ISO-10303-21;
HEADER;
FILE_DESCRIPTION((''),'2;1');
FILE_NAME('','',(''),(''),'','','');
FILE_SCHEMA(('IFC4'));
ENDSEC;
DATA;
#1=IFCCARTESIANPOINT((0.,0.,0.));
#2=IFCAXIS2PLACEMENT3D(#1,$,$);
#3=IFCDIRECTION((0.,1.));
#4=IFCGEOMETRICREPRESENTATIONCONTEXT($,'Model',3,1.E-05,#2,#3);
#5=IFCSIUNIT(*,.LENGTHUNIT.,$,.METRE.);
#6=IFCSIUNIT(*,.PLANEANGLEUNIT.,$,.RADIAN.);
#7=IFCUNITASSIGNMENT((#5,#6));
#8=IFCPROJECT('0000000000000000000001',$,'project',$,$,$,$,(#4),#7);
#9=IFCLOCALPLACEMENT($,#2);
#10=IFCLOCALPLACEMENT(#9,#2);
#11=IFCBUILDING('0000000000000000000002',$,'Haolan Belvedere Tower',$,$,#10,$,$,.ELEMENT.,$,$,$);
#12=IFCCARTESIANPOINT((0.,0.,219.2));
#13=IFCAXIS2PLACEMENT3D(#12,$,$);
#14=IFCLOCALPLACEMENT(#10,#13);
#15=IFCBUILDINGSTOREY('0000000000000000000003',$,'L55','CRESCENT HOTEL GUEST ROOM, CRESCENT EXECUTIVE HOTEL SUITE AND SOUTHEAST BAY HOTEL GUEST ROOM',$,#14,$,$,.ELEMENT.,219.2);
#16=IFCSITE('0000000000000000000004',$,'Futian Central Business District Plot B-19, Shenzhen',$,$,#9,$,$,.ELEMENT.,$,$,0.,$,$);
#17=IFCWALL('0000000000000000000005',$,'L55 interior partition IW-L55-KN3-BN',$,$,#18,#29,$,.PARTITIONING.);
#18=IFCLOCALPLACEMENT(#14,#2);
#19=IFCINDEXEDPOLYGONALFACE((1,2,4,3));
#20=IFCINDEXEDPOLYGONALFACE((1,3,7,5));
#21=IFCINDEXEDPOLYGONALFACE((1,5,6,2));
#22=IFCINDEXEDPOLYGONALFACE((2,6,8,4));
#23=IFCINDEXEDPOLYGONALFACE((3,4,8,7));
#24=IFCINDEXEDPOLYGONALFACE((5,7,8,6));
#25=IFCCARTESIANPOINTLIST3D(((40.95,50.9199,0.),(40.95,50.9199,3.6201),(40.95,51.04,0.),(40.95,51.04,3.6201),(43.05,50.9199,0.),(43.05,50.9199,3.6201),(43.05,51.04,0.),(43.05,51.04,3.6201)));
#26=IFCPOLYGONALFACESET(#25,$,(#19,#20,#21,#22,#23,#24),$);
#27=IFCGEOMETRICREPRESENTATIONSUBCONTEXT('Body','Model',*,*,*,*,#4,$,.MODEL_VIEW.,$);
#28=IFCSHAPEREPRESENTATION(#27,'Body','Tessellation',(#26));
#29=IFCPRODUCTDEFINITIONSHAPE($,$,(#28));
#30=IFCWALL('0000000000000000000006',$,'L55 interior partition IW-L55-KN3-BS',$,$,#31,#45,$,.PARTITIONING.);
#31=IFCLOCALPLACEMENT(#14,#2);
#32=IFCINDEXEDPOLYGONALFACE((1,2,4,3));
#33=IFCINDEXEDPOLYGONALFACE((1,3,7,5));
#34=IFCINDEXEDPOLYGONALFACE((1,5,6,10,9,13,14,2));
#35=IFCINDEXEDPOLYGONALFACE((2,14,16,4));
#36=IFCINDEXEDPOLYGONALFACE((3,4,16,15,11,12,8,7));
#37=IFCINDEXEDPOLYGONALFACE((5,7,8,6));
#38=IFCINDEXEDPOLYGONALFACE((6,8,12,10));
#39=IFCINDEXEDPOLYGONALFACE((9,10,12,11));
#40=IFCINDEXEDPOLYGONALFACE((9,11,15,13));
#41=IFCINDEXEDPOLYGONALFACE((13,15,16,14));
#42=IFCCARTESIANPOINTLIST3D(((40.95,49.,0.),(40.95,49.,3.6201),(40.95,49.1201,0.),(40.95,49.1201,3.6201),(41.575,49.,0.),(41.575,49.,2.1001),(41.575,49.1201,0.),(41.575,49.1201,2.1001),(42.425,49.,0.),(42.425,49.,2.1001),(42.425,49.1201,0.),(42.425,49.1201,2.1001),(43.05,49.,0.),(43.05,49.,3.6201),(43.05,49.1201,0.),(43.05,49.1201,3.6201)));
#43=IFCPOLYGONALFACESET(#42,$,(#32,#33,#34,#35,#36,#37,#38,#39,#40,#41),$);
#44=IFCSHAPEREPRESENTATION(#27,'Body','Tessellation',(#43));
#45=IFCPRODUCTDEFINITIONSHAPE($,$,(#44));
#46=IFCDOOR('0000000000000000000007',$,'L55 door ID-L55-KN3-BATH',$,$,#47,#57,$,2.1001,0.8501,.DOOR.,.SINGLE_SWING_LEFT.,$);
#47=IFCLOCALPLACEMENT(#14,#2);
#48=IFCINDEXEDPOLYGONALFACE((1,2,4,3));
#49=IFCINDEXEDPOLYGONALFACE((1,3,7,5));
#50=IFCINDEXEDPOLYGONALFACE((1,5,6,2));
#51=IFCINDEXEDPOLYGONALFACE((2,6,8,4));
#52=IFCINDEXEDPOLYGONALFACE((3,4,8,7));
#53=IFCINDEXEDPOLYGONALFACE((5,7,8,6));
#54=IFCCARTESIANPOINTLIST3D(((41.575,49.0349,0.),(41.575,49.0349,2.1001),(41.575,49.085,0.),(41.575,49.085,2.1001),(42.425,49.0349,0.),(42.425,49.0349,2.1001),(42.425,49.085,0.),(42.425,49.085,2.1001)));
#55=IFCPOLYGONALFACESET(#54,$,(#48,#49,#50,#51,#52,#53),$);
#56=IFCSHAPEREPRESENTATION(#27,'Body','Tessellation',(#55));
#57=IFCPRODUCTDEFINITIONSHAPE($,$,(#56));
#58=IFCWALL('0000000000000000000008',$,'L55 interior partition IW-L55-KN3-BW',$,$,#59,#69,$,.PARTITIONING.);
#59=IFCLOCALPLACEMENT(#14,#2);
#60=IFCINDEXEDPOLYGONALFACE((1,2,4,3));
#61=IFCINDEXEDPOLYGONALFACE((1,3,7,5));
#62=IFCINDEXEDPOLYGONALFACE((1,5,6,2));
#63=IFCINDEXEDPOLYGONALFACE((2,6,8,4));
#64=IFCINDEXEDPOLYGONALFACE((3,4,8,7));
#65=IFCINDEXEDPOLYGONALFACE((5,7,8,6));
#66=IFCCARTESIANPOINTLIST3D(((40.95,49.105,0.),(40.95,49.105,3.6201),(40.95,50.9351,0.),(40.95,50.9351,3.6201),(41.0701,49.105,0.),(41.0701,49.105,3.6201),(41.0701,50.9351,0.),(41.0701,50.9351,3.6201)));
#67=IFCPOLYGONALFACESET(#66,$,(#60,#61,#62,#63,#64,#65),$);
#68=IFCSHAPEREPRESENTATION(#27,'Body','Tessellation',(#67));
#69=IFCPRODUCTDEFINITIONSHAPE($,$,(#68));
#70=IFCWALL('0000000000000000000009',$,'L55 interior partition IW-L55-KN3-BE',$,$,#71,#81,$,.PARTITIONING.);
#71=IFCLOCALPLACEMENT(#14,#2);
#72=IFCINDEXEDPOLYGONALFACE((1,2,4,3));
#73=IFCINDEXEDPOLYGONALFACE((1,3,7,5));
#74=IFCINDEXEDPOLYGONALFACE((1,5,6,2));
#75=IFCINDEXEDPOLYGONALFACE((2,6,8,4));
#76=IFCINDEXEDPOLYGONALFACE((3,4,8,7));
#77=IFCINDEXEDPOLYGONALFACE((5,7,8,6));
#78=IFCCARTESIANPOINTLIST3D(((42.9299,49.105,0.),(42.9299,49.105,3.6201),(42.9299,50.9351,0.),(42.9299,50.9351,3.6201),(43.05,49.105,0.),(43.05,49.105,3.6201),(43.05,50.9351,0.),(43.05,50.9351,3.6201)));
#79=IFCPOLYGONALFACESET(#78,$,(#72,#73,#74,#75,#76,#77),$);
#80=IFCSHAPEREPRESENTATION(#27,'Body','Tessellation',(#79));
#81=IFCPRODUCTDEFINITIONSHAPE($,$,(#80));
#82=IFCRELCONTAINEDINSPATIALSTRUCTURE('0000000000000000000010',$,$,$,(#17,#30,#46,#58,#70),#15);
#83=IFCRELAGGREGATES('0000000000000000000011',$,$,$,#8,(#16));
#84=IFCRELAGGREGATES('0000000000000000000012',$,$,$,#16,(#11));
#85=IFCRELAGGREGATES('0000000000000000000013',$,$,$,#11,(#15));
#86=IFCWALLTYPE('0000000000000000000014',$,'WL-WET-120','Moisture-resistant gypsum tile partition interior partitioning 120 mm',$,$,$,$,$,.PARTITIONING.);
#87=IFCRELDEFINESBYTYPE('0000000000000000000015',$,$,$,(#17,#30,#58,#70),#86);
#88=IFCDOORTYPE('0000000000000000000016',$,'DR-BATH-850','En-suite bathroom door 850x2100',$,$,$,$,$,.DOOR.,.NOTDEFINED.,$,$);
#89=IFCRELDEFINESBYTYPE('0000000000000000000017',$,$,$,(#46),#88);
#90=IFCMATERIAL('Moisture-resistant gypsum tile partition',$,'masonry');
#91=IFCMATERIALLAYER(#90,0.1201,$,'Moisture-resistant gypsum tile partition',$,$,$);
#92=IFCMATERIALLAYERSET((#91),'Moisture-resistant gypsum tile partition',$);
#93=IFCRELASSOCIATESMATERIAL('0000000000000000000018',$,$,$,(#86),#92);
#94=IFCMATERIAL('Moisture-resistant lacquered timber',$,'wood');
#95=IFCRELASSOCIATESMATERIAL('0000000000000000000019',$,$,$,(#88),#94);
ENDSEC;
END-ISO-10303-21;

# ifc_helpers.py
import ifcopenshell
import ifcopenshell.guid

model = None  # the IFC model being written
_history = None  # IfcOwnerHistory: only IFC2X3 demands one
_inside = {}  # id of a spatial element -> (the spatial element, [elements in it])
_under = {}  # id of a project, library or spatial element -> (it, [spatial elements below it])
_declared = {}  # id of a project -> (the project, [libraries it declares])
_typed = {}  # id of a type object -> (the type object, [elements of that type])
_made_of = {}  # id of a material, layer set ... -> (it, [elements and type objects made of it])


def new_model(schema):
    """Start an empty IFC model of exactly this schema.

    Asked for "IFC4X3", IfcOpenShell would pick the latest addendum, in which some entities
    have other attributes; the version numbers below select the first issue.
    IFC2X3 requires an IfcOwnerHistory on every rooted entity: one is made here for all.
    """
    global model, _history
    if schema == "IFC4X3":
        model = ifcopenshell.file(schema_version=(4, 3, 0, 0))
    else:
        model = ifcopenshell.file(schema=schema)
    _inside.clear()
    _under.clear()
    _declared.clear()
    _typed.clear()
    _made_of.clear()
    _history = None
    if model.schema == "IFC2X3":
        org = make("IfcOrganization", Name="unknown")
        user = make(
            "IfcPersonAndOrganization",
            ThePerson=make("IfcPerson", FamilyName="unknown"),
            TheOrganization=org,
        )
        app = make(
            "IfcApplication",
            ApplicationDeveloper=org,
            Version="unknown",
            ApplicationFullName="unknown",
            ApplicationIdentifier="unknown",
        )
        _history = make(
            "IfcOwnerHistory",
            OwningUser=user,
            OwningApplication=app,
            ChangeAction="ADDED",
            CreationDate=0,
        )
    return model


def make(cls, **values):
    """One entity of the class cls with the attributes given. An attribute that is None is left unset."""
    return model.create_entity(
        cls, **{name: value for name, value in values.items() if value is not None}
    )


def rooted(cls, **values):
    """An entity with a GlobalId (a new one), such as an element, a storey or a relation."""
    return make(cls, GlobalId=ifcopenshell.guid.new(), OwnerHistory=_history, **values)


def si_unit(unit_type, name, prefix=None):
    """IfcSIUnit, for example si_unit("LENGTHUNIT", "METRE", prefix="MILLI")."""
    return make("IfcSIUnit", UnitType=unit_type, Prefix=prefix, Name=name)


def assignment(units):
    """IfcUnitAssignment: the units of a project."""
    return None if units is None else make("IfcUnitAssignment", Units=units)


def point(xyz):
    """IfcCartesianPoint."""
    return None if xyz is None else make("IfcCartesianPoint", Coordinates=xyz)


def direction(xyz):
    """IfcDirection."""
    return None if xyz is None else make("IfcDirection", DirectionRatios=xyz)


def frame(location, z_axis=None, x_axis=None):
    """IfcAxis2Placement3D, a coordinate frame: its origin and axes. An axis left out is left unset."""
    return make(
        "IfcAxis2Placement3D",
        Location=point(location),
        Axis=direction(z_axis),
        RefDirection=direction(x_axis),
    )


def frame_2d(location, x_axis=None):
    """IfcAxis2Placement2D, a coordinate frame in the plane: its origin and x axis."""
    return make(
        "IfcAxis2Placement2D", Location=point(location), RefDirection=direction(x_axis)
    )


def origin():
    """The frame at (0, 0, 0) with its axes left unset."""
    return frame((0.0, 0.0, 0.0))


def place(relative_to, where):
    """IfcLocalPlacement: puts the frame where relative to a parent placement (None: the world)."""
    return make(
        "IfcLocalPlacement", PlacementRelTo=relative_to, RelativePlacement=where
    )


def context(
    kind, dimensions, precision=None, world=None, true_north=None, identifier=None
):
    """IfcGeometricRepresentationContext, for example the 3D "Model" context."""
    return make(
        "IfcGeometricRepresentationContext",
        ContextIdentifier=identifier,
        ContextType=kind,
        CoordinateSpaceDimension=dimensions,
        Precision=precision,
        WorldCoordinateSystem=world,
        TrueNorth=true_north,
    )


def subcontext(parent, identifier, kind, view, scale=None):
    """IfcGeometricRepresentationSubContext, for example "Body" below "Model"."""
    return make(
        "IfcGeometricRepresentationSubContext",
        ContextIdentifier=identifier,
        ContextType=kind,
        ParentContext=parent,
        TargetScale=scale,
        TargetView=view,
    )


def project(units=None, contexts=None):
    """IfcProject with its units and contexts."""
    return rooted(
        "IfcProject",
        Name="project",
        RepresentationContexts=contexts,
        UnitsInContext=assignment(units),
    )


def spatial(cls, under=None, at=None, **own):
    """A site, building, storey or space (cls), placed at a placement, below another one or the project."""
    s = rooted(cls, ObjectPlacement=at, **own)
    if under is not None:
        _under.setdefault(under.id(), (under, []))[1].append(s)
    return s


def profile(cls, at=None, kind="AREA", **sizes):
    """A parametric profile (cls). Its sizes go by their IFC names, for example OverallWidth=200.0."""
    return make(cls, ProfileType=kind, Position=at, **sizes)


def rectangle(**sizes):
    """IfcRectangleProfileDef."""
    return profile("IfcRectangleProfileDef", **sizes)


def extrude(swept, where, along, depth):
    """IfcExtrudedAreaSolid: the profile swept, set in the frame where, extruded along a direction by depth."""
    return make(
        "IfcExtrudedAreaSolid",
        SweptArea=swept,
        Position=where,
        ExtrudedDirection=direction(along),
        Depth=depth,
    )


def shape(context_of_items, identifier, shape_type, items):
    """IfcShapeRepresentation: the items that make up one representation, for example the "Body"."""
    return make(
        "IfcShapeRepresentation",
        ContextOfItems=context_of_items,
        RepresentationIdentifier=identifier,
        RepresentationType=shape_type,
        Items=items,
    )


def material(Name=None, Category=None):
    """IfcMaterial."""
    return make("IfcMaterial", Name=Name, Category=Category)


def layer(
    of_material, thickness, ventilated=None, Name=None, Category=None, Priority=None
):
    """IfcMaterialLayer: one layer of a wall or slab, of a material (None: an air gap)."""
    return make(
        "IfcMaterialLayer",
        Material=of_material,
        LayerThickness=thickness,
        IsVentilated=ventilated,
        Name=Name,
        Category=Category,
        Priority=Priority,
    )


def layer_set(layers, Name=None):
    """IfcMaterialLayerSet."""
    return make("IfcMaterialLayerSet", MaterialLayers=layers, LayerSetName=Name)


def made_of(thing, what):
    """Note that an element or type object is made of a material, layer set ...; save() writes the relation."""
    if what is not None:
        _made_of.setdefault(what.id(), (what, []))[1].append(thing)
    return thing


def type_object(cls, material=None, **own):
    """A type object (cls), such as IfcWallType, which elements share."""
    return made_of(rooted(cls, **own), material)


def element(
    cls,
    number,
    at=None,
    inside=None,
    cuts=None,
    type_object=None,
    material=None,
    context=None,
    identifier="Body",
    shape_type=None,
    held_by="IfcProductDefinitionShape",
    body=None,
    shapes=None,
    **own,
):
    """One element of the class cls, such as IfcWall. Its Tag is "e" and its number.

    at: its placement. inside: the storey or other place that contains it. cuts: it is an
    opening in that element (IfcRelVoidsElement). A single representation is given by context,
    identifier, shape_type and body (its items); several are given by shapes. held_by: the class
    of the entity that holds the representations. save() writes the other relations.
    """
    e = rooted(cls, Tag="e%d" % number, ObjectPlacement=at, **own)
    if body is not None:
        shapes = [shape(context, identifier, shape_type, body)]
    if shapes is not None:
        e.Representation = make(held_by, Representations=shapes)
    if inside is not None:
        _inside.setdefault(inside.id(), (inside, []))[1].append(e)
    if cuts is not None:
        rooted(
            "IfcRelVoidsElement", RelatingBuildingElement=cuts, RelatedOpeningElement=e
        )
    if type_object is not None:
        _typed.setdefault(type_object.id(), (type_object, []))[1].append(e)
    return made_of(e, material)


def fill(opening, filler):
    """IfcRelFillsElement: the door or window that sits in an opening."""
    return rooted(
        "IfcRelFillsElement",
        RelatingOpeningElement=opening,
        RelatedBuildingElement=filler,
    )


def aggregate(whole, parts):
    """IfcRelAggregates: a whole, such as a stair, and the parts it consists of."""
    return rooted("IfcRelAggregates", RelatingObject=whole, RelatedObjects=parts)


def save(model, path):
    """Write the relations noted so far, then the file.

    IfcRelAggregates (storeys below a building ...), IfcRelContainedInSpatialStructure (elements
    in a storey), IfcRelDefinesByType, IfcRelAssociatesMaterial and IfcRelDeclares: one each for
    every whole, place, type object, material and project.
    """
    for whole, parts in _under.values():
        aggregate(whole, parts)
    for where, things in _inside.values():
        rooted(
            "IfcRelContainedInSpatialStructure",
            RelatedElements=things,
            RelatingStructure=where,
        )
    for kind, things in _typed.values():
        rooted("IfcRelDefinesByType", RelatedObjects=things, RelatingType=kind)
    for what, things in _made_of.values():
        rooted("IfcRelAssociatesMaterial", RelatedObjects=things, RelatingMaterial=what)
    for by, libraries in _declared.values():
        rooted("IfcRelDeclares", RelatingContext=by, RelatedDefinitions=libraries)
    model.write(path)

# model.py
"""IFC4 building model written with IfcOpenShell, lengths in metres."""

from ifc_helpers import new_model, si_unit, direction, frame, frame_2d, origin, place, context, subcontext, project, spatial, rectangle, extrude, material, layer, layer_set, type_object, element, fill, save


model = new_model("IFC4")

# Units and contexts
model_context = context("Model", 3, precision=1e-05, world=origin(), true_north=direction((0.0, 1.0)))
body_context = subcontext(model_context, "Body", "Model", "MODEL_VIEW")
ifc_project = project(units=[si_unit("LENGTHUNIT", "METRE"), si_unit("PLANEANGLEUNIT", "RADIAN")], contexts=[model_context])

# Site, building, storey
site_placement = place(None, origin())
site = spatial("IfcSite", under=ifc_project, at=site_placement, Name="Futian Central Business District Plot B-19, Shenzhen", CompositionType="ELEMENT", RefElevation=0.0)
building_placement = place(site_placement, origin())
building = spatial("IfcBuilding", under=site, at=building_placement, Name="Haolan Belvedere Tower", CompositionType="ELEMENT")
storey_placement = place(building_placement, frame((0.0, 0.0, 219.2)))
storey = spatial("IfcBuildingStorey", under=building, at=storey_placement, Name="L55", Description="CRESCENT HOTEL GUEST ROOM, CRESCENT EXECUTIVE HOTEL SUITE AND SOUTHEAST BAY HOTEL GUEST ROOM", CompositionType="ELEMENT", Elevation=219.2)

# Wall
ifc_material_1 = material(Name="Moisture-resistant gypsum tile partition", Category="masonry")
ifc_layer_1 = layer(ifc_material_1, 0.1201, Name="Moisture-resistant gypsum tile partition")
ifc_layer_set_1 = layer_set([ifc_layer_1], Name="Moisture-resistant gypsum tile partition")
wall_type_1 = type_object("IfcWallType", Name="WL-WET-120", Description="Moisture-resistant gypsum tile partition interior partitioning 120 mm", PredefinedType="PARTITIONING", material=ifc_layer_set_1)
wall_1_placement = place(storey_placement, frame((40.95, 50.98, 0.0), z_axis=(0.0, 0.0, 1.0), x_axis=(1.0, 0.0, 0.0)))
element("IfcWall", 1, at=wall_1_placement, inside=storey, type_object=wall_type_1, Name="L55 interior partition IW-L55-KN3-BN", PredefinedType="PARTITIONING", context=body_context, shape_type="SweptSolid", body=[
    extrude(rectangle(XDim=2.1001, YDim=0.1201, at=frame_2d((1.05, 0.0))), origin(), (0.0, 0.0, 1.0), 3.6201),
])

# Wall, opening, door
wall_2_placement = place(storey_placement, frame((40.95, 49.0601, 0.0), z_axis=(0.0, 0.0, 1.0), x_axis=(1.0, 0.0, 0.0)))
wall_2 = element("IfcWall", 2, at=wall_2_placement, inside=storey, type_object=wall_type_1, Name="L55 interior partition IW-L55-KN3-BS", PredefinedType="PARTITIONING", context=body_context, shape_type="SweptSolid", body=[
    extrude(rectangle(XDim=2.1001, YDim=0.1201, at=frame_2d((1.05, 0.0))), origin(), (0.0, 0.0, 1.0), 3.6201),
])
opening_1_placement = place(wall_2_placement, frame((0.625, 0.0, 0.0)))
opening_1 = element("IfcOpeningElement", 3, at=opening_1_placement, cuts=wall_2, PredefinedType="OPENING", context=body_context, shape_type="SweptSolid", body=[
    extrude(rectangle(XDim=0.8501, YDim=2.1001, at=frame_2d((0.425, 1.05))), frame((0.0, 0.0701, 0.0), z_axis=(0.0, -1.0, 0.0), x_axis=(1.0, 0.0, 0.0)), (0.0, 0.0, 1.0), 0.1401),
])
ifc_material_2 = material(Name="Moisture-resistant lacquered timber", Category="wood")
door_type = type_object("IfcDoorType", Name="DR-BATH-850", Description="En-suite bathroom door 850x2100", OperationType="NOTDEFINED", PredefinedType="DOOR", material=ifc_material_2)
door_placement = place(opening_1_placement, origin())
door = element("IfcDoor", 4, at=door_placement, inside=storey, type_object=door_type, Name="L55 door ID-L55-KN3-BATH", OperationType="SINGLE_SWING_LEFT", OverallHeight=2.1001, OverallWidth=0.8501, PredefinedType="DOOR", context=body_context, shape_type="SweptSolid", body=[
    extrude(rectangle(XDim=0.8501, YDim=2.1001, at=frame_2d((0.425, 1.05))), frame((0.0, 0.0249, 0.0), z_axis=(0.0, -1.0, 0.0), x_axis=(1.0, 0.0, 0.0)), (0.0, 0.0, 1.0), 0.05),
])
fill(opening_1, door)

# Walls
for number, where, z_axis, x_axis, name in (
    (5, (41.01, 49.105, 0.0), (0.0, 0.0, 1.0), (0.0, 1.0, 0.0), "L55 interior partition IW-L55-KN3-BW"),
    (6, (42.99, 49.105, 0.0), (0.0, 0.0, 1.0), (0.0, 1.0, 0.0), "L55 interior partition IW-L55-KN3-BE"),
):
    element("IfcWall", number, at=place(storey_placement, frame(where, z_axis=z_axis, x_axis=x_axis)), inside=storey, type_object=wall_type_1, Name=name, PredefinedType="PARTITIONING", context=body_context, shape_type="SweptSolid", body=[
        extrude(rectangle(XDim=1.8301, YDim=0.1201, at=frame_2d((0.915, 0.0))), origin(), (0.0, 0.0, 1.0), 3.6201),
    ])

save(model, "model.ifc")
